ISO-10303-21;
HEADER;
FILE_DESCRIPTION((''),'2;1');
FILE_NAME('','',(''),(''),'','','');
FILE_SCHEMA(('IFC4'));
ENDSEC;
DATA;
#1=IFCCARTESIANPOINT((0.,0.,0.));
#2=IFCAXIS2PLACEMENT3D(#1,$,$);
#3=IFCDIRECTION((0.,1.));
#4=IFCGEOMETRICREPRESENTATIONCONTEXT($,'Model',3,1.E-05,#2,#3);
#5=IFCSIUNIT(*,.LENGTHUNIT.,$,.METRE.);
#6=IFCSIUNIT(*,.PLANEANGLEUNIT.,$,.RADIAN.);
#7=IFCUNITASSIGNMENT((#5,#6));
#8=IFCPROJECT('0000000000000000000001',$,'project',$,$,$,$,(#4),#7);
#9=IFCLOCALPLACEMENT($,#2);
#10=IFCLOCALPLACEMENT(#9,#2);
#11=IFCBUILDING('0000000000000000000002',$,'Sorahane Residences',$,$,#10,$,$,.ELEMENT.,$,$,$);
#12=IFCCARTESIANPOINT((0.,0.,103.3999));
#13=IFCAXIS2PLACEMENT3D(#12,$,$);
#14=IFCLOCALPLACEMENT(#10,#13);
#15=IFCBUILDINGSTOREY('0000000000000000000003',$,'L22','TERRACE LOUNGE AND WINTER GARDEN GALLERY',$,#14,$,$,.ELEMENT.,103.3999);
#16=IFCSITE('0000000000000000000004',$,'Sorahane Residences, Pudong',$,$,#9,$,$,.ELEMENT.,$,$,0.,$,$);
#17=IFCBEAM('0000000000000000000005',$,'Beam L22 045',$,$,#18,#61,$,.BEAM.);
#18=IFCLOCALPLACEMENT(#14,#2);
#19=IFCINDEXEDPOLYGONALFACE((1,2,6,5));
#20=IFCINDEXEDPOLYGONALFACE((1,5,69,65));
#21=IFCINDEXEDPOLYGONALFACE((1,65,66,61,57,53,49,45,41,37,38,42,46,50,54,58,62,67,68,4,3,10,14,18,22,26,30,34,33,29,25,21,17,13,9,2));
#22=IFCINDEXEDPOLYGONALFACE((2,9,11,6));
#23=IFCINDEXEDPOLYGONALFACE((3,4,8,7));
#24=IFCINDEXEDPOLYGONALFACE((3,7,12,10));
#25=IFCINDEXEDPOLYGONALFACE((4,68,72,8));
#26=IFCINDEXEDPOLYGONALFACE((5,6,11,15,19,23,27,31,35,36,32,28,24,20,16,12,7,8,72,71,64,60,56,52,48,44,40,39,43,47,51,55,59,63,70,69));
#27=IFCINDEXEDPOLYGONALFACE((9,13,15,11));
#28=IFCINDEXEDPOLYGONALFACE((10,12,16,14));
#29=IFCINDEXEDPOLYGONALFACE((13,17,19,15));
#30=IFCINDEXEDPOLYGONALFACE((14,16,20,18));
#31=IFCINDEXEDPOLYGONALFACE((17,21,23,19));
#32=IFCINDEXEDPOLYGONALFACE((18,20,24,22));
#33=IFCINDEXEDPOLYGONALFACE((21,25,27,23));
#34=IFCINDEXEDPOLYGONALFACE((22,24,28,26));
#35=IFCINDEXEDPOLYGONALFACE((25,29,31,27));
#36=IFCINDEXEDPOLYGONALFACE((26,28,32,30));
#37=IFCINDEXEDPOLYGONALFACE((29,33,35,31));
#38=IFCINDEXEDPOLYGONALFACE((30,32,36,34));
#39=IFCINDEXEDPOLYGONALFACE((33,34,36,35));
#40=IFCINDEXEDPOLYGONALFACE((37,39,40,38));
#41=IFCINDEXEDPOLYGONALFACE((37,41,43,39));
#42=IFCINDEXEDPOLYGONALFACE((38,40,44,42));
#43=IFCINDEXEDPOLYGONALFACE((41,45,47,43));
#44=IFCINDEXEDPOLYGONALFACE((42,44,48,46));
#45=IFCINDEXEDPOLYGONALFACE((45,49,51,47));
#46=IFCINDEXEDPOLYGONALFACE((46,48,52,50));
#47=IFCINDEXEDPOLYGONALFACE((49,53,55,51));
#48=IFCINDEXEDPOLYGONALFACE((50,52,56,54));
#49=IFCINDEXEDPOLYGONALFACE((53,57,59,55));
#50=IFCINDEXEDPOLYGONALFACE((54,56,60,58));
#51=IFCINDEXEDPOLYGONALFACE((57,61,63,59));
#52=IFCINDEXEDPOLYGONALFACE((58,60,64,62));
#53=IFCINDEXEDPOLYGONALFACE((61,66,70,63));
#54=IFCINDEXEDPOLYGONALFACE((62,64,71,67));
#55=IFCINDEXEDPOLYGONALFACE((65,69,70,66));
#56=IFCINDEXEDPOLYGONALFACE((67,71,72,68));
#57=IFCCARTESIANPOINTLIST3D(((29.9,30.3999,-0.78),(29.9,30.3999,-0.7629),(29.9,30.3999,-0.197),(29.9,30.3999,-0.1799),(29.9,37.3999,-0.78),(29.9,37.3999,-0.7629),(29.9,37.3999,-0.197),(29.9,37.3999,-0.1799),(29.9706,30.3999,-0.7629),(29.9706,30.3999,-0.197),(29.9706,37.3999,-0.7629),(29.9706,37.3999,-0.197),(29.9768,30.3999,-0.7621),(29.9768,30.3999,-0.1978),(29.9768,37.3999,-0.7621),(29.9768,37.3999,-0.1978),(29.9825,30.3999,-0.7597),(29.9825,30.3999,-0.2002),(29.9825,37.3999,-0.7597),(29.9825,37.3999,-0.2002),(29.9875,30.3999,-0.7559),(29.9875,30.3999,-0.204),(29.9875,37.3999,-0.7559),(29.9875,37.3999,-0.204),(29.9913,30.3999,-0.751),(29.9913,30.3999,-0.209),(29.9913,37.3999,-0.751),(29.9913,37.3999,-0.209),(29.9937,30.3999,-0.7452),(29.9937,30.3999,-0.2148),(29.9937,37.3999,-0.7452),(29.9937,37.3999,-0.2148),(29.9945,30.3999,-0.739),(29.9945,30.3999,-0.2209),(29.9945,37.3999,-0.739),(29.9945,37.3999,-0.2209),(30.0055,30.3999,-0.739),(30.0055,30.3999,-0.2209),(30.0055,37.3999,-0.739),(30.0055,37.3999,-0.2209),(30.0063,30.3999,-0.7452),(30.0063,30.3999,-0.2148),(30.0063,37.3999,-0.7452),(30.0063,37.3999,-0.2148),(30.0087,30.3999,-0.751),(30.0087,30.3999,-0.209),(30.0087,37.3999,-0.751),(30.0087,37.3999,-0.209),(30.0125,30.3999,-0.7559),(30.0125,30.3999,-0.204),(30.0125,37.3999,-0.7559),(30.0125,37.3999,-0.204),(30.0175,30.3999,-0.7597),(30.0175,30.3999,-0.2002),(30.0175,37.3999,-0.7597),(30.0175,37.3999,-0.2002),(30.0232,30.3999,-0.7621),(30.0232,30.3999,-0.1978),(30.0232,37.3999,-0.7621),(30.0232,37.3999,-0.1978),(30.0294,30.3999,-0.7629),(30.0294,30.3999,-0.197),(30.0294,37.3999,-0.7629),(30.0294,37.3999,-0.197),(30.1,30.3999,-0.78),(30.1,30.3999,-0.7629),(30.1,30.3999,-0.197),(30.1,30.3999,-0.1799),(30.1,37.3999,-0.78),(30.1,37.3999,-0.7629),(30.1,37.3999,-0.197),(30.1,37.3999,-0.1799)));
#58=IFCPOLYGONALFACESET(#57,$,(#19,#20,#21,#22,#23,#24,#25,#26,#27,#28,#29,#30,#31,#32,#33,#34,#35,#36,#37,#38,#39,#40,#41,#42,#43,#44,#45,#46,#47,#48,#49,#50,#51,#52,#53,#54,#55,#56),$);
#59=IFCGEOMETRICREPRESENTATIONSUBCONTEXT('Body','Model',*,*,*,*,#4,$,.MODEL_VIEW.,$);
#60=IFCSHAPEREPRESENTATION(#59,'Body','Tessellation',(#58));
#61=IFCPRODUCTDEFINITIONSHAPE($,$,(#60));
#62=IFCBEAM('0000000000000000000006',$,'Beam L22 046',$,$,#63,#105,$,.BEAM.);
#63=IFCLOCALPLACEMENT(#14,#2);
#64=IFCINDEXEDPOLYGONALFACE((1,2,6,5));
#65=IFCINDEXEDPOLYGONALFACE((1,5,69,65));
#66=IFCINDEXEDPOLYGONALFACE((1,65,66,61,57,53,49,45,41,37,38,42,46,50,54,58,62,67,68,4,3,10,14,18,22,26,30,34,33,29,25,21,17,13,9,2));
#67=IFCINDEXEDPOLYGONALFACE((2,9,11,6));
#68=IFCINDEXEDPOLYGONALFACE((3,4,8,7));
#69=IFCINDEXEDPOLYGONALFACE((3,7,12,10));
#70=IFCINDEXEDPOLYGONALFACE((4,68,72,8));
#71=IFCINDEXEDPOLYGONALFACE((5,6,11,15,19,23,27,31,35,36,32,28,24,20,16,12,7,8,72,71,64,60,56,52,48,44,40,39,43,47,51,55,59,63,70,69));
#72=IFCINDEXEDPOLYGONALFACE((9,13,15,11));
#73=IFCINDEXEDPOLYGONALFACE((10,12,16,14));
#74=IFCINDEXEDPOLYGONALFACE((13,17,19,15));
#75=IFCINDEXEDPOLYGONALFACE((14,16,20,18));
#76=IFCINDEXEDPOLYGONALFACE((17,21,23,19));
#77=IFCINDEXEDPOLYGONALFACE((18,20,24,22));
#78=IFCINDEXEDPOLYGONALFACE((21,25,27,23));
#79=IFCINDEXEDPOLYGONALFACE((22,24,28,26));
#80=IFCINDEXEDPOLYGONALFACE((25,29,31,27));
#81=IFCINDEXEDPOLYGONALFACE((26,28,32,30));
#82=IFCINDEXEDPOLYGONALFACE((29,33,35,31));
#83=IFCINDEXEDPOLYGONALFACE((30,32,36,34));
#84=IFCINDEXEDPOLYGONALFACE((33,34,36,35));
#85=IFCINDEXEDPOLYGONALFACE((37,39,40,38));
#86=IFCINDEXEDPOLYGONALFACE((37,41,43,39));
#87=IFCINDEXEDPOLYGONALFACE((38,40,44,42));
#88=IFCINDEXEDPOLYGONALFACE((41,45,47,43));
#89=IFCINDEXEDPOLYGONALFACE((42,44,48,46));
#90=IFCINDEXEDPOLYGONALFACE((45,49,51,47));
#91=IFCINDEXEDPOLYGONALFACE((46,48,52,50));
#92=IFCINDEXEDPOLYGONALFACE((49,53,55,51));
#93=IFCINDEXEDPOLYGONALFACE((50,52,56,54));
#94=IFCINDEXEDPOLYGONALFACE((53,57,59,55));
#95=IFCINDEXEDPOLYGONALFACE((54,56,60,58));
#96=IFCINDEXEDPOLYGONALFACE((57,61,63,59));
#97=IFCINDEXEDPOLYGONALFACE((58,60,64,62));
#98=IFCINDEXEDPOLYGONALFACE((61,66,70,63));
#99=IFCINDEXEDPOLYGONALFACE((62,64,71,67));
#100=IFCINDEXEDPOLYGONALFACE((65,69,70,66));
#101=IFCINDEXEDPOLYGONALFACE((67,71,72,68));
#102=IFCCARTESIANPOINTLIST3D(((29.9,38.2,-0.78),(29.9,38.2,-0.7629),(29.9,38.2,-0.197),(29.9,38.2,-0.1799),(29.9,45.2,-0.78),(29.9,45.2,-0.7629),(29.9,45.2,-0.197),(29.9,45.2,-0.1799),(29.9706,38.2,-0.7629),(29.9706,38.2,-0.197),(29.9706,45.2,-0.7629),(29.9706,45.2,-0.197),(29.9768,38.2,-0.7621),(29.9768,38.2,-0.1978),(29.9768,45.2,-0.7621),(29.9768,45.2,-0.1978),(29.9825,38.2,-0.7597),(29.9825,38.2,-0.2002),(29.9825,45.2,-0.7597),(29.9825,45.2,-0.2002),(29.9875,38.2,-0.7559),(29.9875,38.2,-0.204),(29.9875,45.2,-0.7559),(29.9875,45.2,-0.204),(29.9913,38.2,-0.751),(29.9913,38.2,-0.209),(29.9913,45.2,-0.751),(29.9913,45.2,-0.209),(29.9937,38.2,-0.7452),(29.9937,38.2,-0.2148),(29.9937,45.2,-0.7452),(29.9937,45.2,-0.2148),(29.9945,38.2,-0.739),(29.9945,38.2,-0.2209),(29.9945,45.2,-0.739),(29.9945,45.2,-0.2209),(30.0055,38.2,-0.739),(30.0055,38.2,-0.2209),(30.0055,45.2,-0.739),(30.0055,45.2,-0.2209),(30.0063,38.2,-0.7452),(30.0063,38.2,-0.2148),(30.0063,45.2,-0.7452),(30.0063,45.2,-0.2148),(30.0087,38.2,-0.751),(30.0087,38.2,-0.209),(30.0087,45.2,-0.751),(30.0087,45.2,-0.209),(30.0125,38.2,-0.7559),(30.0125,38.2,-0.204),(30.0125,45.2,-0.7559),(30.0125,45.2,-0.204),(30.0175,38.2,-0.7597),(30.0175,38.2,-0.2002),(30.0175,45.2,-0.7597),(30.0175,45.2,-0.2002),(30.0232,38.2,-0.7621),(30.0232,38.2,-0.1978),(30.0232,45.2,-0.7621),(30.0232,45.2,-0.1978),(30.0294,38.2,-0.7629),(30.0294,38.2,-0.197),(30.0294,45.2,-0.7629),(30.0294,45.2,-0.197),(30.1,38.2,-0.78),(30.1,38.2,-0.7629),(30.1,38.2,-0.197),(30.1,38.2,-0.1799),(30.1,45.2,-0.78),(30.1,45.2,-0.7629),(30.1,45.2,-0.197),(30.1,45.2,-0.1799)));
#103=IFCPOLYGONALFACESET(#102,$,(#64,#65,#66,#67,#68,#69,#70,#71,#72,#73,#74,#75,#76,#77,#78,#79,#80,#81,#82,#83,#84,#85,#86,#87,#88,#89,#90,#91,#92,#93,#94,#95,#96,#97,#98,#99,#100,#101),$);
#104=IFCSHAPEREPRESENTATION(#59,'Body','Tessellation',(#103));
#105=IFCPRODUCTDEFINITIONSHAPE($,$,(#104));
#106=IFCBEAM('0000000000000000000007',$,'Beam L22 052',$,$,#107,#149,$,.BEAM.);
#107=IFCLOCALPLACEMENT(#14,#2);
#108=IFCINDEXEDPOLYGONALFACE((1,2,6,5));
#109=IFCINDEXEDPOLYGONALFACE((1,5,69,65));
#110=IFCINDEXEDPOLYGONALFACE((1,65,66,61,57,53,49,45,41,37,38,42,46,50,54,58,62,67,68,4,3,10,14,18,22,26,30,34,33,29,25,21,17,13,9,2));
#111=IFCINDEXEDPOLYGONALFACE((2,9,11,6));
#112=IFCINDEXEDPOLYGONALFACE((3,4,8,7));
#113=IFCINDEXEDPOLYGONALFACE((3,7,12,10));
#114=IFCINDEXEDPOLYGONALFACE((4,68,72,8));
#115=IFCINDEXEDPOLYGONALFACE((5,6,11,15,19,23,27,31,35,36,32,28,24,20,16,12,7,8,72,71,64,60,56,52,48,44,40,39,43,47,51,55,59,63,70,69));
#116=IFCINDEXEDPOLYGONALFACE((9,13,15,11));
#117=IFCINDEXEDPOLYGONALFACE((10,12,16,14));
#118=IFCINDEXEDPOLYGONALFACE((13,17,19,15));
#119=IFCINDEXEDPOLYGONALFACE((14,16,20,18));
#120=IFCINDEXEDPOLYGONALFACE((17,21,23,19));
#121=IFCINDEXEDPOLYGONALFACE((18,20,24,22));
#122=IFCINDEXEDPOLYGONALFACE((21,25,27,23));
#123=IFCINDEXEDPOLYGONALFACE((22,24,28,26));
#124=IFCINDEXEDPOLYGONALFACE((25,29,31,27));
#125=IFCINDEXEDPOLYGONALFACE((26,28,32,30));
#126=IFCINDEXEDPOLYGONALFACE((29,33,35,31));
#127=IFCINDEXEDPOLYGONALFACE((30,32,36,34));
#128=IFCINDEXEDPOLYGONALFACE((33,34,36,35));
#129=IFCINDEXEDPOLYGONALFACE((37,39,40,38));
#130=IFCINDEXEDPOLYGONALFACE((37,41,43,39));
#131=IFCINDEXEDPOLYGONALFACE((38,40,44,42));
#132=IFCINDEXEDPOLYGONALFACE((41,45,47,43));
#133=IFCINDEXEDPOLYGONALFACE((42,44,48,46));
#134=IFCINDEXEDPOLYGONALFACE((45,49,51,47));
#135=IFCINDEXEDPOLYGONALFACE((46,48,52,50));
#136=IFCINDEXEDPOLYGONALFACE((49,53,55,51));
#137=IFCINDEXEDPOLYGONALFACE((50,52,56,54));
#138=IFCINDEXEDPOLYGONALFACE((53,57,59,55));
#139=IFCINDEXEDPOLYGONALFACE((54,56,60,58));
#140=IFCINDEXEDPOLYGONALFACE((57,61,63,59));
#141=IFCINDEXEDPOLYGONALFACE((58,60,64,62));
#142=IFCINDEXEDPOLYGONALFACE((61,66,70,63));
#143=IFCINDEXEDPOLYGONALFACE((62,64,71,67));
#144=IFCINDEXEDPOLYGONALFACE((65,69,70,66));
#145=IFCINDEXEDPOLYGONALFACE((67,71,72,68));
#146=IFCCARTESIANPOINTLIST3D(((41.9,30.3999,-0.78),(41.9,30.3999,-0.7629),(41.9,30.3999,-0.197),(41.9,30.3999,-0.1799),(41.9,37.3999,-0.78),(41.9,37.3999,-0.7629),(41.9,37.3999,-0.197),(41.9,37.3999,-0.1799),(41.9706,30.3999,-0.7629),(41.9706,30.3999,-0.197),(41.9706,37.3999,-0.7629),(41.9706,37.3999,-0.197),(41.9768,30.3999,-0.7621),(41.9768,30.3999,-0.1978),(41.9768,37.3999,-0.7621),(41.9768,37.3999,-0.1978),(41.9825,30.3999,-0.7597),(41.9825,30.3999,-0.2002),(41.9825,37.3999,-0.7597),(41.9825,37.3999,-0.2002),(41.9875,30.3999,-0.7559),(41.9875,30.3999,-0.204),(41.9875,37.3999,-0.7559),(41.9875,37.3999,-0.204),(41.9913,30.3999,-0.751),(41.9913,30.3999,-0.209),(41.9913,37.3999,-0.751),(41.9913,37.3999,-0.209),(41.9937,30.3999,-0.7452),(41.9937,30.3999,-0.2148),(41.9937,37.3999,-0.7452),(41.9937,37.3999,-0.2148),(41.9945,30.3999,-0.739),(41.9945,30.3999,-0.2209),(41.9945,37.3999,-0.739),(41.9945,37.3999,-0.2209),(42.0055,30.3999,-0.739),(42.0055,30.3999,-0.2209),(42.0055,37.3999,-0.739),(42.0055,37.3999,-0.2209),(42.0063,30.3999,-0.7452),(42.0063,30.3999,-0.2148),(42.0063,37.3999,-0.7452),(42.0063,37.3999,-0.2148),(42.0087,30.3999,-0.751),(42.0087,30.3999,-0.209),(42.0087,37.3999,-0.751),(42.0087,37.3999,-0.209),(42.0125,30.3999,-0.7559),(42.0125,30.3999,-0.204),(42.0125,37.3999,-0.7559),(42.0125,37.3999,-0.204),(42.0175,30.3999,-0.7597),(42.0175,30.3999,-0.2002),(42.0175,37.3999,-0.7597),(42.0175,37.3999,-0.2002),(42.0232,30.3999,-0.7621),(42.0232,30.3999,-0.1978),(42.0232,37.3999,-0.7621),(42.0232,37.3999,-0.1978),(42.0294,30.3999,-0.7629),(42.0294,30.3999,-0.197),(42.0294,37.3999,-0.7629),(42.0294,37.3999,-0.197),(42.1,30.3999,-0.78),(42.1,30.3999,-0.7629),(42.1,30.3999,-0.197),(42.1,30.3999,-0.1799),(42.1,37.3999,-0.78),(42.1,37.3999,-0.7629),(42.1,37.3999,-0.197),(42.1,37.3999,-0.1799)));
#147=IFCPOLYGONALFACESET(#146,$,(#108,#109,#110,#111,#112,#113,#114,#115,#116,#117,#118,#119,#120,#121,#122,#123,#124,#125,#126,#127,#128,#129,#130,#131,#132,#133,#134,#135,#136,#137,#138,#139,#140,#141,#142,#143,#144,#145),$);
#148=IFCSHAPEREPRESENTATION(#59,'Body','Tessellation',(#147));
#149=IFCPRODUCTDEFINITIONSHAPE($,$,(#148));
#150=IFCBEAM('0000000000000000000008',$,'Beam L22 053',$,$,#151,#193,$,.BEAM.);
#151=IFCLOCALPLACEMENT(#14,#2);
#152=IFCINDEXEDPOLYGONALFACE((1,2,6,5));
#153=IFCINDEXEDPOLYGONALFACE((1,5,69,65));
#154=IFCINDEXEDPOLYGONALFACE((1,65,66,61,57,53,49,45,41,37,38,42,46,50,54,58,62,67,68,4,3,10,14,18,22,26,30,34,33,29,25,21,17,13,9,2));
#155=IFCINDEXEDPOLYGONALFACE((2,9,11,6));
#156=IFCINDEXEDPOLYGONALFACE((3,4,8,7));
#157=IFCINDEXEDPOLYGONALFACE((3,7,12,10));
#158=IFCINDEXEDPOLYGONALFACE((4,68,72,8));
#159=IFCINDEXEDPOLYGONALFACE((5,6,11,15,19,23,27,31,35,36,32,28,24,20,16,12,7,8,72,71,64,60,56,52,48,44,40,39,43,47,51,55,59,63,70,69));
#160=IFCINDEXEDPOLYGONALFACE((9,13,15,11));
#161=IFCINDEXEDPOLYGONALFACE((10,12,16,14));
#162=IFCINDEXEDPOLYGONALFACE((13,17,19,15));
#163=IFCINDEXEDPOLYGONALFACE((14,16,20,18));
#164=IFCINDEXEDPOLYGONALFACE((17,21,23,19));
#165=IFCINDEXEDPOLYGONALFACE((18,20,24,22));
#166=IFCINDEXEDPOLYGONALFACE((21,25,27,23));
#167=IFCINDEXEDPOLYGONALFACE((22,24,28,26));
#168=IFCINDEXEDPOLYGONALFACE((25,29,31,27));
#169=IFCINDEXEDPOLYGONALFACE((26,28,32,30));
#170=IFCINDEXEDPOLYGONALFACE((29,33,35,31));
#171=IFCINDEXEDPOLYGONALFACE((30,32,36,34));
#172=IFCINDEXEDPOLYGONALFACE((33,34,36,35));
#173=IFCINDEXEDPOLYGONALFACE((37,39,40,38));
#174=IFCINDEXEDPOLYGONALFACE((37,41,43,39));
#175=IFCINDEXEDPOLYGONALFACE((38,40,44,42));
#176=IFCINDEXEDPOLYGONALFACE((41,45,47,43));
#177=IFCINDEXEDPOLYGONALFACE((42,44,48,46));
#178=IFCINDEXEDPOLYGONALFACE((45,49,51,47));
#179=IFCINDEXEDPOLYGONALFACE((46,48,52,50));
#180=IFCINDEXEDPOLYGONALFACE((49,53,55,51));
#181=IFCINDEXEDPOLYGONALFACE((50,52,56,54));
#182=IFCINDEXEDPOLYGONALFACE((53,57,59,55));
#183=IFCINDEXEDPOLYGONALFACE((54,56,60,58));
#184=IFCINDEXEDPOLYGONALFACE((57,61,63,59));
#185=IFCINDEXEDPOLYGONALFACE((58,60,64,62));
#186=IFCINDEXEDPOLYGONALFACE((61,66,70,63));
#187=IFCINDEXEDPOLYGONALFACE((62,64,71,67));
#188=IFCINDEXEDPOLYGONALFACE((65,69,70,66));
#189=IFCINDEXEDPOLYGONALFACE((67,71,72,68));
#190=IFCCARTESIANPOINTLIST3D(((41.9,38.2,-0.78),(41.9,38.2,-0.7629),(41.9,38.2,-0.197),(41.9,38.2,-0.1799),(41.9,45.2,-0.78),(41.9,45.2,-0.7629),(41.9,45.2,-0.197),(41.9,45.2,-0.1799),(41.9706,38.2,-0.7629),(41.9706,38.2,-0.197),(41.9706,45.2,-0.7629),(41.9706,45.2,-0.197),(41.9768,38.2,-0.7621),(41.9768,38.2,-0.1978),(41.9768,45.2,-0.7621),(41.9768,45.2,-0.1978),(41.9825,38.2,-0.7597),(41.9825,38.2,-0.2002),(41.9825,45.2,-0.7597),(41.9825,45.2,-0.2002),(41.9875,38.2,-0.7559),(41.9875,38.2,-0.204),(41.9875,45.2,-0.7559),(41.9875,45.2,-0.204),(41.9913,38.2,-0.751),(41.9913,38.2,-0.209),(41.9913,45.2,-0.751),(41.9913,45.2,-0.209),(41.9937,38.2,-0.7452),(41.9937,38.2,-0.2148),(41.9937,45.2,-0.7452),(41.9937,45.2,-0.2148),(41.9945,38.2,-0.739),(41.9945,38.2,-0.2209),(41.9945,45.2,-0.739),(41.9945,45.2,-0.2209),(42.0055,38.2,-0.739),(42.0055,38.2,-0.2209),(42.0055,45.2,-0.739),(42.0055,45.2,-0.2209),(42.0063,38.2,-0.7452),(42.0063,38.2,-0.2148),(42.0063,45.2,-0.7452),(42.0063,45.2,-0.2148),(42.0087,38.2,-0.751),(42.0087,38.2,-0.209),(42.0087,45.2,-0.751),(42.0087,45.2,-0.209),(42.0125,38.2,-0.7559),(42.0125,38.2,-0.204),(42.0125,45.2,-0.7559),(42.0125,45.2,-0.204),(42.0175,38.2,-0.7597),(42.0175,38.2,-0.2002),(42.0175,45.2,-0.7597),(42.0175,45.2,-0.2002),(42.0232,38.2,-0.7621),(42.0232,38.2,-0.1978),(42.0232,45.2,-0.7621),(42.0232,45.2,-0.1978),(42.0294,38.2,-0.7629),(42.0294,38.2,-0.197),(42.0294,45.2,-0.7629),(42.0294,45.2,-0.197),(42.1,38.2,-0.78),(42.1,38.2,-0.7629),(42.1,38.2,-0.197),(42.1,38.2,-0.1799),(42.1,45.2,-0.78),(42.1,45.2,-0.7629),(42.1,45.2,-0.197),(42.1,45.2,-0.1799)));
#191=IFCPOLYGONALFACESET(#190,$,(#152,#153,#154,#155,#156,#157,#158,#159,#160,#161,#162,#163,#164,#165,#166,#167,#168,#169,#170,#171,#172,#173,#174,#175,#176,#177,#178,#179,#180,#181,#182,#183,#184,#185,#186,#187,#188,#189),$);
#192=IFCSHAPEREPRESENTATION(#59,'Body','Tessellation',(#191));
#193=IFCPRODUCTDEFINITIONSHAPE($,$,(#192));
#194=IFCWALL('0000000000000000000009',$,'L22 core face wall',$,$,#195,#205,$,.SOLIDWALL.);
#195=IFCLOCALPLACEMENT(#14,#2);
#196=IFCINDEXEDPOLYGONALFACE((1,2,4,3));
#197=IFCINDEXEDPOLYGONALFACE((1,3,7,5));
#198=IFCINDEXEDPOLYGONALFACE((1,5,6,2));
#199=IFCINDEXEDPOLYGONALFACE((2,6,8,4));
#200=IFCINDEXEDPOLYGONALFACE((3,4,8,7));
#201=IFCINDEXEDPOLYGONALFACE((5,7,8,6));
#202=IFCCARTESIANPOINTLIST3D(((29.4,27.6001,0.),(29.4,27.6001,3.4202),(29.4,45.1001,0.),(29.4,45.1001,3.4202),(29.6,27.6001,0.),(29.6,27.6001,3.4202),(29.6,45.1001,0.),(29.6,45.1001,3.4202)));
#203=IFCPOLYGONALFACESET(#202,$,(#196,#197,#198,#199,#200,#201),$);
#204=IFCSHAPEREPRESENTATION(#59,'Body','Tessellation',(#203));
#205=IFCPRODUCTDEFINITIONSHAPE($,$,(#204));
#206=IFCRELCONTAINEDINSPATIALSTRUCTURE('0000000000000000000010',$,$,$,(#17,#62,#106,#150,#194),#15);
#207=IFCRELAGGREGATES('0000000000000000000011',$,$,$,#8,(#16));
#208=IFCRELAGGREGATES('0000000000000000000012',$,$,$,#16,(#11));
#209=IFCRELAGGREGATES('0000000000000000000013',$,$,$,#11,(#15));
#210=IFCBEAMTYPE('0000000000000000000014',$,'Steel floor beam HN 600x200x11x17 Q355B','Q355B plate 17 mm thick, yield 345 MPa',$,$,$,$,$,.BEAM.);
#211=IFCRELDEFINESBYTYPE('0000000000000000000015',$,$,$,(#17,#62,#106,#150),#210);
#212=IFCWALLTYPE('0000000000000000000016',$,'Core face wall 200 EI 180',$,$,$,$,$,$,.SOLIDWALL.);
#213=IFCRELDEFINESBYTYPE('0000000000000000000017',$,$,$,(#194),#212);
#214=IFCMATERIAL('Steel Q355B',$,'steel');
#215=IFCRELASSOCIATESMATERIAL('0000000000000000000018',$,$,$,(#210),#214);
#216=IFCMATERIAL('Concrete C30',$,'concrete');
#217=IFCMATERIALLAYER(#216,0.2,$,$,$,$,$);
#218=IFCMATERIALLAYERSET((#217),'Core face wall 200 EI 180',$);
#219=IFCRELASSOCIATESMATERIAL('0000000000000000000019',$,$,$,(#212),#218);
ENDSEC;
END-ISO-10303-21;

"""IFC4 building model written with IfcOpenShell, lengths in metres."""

from ifc_helpers import new_model, si_unit, direction, frame, frame_2d, origin, origin_2d, place, context, subcontext, project, spatial, rectangle, i_section, extrude, material, layer, layer_set, material_profile, profile_set, type_object, element, save


model = new_model("IFC4")

# Units and contexts
model_context = context("Model", 3, precision=1e-05, world=origin(), true_north=direction((0.0, 1.0)))
body_context = subcontext(model_context, "Body", "Model", "MODEL_VIEW")
ifc_project = project(units=[si_unit("LENGTHUNIT", "METRE"), si_unit("PLANEANGLEUNIT", "RADIAN")], contexts=[model_context])

# Site, building, storey
site_placement = place(None, origin())
site = spatial("IfcSite", under=ifc_project, at=site_placement, Name="Sorahane Residences, Pudong", CompositionType="ELEMENT", RefElevation=0.0)
building_placement = place(site_placement, origin())
building = spatial("IfcBuilding", under=site, at=building_placement, Name="Sorahane Residences", CompositionType="ELEMENT")
storey_placement = place(building_placement, frame((0.0, 0.0, 103.3999)))
storey = spatial("IfcBuildingStorey", under=building, at=storey_placement, Name="L22", Description="TERRACE LOUNGE AND WINTER GARDEN GALLERY", CompositionType="ELEMENT", Elevation=103.3999)

# Beams
ifc_material_1 = material(Name="Steel Q355B", Category="steel")
ifc_material_profile_1 = material_profile(ifc_material_1, i_section(OverallWidth=0.2, OverallDepth=0.6001, WebThickness=0.011, FlangeThickness=0.0171, FilletRadius=0.0239, at=origin_2d()), Name="HN 600x200x11x17")
ifc_profile_set_1 = profile_set([ifc_material_profile_1], Name="Steel Q355B")
beam_type_1 = type_object("IfcBeamType", Name="Steel floor beam HN 600x200x11x17 Q355B", Description="Q355B plate 17 mm thick, yield 345 MPa", PredefinedType="BEAM", material=ifc_profile_set_1)
for number, where, z_axis, x_axis, name in (
    (1, (30.0, 30.3999, -0.48), (0.0, 1.0, 0.0), (-1.0, 0.0, 0.0), "Beam L22 045"),
    (2, (30.0, 38.2, -0.48), (0.0, 1.0, 0.0), (-1.0, 0.0, 0.0), "Beam L22 046"),
    (3, (42.0, 30.3999, -0.48), (0.0, 1.0, 0.0), (-1.0, 0.0, 0.0), "Beam L22 052"),
    (4, (42.0, 38.2, -0.48), (0.0, 1.0, 0.0), (-1.0, 0.0, 0.0), "Beam L22 053"),
):
    element("IfcBeam", number, at=place(storey_placement, frame(where, z_axis=z_axis, x_axis=x_axis)), inside=storey, type_object=beam_type_1, Name=name, PredefinedType="BEAM", context=body_context, shape_type="SweptSolid", body=[
        extrude(i_section(OverallWidth=0.2, OverallDepth=0.6001, WebThickness=0.011, FlangeThickness=0.0171, FilletRadius=0.0239, at=origin_2d()), origin(), (0.0, 0.0, 1.0), 7.0),
    ])

# Wall
ifc_material_2 = material(Name="Concrete C30", Category="concrete")
ifc_layer_1 = layer(ifc_material_2, 0.2)
ifc_layer_set_1 = layer_set([ifc_layer_1], Name="Core face wall 200 EI 180")
wall_type_1 = type_object("IfcWallType", Name="Core face wall 200 EI 180", PredefinedType="SOLIDWALL", material=ifc_layer_set_1)
for number, where, z_axis, x_axis, name in (
    (5, (29.5, 27.6001, 0.0), (0.0, 0.0, 1.0), (0.0, 1.0, 0.0), "L22 core face wall"),
):
    element("IfcWall", number, at=place(storey_placement, frame(where, z_axis=z_axis, x_axis=x_axis)), inside=storey, type_object=wall_type_1, Name=name, PredefinedType="SOLIDWALL", context=body_context, shape_type="SweptSolid", body=[
        extrude(rectangle(XDim=17.5, YDim=0.2, at=frame_2d((8.75, 0.0))), origin(), (0.0, 0.0, 1.0), 3.4202),
    ])

save(model, "model.ifc")
